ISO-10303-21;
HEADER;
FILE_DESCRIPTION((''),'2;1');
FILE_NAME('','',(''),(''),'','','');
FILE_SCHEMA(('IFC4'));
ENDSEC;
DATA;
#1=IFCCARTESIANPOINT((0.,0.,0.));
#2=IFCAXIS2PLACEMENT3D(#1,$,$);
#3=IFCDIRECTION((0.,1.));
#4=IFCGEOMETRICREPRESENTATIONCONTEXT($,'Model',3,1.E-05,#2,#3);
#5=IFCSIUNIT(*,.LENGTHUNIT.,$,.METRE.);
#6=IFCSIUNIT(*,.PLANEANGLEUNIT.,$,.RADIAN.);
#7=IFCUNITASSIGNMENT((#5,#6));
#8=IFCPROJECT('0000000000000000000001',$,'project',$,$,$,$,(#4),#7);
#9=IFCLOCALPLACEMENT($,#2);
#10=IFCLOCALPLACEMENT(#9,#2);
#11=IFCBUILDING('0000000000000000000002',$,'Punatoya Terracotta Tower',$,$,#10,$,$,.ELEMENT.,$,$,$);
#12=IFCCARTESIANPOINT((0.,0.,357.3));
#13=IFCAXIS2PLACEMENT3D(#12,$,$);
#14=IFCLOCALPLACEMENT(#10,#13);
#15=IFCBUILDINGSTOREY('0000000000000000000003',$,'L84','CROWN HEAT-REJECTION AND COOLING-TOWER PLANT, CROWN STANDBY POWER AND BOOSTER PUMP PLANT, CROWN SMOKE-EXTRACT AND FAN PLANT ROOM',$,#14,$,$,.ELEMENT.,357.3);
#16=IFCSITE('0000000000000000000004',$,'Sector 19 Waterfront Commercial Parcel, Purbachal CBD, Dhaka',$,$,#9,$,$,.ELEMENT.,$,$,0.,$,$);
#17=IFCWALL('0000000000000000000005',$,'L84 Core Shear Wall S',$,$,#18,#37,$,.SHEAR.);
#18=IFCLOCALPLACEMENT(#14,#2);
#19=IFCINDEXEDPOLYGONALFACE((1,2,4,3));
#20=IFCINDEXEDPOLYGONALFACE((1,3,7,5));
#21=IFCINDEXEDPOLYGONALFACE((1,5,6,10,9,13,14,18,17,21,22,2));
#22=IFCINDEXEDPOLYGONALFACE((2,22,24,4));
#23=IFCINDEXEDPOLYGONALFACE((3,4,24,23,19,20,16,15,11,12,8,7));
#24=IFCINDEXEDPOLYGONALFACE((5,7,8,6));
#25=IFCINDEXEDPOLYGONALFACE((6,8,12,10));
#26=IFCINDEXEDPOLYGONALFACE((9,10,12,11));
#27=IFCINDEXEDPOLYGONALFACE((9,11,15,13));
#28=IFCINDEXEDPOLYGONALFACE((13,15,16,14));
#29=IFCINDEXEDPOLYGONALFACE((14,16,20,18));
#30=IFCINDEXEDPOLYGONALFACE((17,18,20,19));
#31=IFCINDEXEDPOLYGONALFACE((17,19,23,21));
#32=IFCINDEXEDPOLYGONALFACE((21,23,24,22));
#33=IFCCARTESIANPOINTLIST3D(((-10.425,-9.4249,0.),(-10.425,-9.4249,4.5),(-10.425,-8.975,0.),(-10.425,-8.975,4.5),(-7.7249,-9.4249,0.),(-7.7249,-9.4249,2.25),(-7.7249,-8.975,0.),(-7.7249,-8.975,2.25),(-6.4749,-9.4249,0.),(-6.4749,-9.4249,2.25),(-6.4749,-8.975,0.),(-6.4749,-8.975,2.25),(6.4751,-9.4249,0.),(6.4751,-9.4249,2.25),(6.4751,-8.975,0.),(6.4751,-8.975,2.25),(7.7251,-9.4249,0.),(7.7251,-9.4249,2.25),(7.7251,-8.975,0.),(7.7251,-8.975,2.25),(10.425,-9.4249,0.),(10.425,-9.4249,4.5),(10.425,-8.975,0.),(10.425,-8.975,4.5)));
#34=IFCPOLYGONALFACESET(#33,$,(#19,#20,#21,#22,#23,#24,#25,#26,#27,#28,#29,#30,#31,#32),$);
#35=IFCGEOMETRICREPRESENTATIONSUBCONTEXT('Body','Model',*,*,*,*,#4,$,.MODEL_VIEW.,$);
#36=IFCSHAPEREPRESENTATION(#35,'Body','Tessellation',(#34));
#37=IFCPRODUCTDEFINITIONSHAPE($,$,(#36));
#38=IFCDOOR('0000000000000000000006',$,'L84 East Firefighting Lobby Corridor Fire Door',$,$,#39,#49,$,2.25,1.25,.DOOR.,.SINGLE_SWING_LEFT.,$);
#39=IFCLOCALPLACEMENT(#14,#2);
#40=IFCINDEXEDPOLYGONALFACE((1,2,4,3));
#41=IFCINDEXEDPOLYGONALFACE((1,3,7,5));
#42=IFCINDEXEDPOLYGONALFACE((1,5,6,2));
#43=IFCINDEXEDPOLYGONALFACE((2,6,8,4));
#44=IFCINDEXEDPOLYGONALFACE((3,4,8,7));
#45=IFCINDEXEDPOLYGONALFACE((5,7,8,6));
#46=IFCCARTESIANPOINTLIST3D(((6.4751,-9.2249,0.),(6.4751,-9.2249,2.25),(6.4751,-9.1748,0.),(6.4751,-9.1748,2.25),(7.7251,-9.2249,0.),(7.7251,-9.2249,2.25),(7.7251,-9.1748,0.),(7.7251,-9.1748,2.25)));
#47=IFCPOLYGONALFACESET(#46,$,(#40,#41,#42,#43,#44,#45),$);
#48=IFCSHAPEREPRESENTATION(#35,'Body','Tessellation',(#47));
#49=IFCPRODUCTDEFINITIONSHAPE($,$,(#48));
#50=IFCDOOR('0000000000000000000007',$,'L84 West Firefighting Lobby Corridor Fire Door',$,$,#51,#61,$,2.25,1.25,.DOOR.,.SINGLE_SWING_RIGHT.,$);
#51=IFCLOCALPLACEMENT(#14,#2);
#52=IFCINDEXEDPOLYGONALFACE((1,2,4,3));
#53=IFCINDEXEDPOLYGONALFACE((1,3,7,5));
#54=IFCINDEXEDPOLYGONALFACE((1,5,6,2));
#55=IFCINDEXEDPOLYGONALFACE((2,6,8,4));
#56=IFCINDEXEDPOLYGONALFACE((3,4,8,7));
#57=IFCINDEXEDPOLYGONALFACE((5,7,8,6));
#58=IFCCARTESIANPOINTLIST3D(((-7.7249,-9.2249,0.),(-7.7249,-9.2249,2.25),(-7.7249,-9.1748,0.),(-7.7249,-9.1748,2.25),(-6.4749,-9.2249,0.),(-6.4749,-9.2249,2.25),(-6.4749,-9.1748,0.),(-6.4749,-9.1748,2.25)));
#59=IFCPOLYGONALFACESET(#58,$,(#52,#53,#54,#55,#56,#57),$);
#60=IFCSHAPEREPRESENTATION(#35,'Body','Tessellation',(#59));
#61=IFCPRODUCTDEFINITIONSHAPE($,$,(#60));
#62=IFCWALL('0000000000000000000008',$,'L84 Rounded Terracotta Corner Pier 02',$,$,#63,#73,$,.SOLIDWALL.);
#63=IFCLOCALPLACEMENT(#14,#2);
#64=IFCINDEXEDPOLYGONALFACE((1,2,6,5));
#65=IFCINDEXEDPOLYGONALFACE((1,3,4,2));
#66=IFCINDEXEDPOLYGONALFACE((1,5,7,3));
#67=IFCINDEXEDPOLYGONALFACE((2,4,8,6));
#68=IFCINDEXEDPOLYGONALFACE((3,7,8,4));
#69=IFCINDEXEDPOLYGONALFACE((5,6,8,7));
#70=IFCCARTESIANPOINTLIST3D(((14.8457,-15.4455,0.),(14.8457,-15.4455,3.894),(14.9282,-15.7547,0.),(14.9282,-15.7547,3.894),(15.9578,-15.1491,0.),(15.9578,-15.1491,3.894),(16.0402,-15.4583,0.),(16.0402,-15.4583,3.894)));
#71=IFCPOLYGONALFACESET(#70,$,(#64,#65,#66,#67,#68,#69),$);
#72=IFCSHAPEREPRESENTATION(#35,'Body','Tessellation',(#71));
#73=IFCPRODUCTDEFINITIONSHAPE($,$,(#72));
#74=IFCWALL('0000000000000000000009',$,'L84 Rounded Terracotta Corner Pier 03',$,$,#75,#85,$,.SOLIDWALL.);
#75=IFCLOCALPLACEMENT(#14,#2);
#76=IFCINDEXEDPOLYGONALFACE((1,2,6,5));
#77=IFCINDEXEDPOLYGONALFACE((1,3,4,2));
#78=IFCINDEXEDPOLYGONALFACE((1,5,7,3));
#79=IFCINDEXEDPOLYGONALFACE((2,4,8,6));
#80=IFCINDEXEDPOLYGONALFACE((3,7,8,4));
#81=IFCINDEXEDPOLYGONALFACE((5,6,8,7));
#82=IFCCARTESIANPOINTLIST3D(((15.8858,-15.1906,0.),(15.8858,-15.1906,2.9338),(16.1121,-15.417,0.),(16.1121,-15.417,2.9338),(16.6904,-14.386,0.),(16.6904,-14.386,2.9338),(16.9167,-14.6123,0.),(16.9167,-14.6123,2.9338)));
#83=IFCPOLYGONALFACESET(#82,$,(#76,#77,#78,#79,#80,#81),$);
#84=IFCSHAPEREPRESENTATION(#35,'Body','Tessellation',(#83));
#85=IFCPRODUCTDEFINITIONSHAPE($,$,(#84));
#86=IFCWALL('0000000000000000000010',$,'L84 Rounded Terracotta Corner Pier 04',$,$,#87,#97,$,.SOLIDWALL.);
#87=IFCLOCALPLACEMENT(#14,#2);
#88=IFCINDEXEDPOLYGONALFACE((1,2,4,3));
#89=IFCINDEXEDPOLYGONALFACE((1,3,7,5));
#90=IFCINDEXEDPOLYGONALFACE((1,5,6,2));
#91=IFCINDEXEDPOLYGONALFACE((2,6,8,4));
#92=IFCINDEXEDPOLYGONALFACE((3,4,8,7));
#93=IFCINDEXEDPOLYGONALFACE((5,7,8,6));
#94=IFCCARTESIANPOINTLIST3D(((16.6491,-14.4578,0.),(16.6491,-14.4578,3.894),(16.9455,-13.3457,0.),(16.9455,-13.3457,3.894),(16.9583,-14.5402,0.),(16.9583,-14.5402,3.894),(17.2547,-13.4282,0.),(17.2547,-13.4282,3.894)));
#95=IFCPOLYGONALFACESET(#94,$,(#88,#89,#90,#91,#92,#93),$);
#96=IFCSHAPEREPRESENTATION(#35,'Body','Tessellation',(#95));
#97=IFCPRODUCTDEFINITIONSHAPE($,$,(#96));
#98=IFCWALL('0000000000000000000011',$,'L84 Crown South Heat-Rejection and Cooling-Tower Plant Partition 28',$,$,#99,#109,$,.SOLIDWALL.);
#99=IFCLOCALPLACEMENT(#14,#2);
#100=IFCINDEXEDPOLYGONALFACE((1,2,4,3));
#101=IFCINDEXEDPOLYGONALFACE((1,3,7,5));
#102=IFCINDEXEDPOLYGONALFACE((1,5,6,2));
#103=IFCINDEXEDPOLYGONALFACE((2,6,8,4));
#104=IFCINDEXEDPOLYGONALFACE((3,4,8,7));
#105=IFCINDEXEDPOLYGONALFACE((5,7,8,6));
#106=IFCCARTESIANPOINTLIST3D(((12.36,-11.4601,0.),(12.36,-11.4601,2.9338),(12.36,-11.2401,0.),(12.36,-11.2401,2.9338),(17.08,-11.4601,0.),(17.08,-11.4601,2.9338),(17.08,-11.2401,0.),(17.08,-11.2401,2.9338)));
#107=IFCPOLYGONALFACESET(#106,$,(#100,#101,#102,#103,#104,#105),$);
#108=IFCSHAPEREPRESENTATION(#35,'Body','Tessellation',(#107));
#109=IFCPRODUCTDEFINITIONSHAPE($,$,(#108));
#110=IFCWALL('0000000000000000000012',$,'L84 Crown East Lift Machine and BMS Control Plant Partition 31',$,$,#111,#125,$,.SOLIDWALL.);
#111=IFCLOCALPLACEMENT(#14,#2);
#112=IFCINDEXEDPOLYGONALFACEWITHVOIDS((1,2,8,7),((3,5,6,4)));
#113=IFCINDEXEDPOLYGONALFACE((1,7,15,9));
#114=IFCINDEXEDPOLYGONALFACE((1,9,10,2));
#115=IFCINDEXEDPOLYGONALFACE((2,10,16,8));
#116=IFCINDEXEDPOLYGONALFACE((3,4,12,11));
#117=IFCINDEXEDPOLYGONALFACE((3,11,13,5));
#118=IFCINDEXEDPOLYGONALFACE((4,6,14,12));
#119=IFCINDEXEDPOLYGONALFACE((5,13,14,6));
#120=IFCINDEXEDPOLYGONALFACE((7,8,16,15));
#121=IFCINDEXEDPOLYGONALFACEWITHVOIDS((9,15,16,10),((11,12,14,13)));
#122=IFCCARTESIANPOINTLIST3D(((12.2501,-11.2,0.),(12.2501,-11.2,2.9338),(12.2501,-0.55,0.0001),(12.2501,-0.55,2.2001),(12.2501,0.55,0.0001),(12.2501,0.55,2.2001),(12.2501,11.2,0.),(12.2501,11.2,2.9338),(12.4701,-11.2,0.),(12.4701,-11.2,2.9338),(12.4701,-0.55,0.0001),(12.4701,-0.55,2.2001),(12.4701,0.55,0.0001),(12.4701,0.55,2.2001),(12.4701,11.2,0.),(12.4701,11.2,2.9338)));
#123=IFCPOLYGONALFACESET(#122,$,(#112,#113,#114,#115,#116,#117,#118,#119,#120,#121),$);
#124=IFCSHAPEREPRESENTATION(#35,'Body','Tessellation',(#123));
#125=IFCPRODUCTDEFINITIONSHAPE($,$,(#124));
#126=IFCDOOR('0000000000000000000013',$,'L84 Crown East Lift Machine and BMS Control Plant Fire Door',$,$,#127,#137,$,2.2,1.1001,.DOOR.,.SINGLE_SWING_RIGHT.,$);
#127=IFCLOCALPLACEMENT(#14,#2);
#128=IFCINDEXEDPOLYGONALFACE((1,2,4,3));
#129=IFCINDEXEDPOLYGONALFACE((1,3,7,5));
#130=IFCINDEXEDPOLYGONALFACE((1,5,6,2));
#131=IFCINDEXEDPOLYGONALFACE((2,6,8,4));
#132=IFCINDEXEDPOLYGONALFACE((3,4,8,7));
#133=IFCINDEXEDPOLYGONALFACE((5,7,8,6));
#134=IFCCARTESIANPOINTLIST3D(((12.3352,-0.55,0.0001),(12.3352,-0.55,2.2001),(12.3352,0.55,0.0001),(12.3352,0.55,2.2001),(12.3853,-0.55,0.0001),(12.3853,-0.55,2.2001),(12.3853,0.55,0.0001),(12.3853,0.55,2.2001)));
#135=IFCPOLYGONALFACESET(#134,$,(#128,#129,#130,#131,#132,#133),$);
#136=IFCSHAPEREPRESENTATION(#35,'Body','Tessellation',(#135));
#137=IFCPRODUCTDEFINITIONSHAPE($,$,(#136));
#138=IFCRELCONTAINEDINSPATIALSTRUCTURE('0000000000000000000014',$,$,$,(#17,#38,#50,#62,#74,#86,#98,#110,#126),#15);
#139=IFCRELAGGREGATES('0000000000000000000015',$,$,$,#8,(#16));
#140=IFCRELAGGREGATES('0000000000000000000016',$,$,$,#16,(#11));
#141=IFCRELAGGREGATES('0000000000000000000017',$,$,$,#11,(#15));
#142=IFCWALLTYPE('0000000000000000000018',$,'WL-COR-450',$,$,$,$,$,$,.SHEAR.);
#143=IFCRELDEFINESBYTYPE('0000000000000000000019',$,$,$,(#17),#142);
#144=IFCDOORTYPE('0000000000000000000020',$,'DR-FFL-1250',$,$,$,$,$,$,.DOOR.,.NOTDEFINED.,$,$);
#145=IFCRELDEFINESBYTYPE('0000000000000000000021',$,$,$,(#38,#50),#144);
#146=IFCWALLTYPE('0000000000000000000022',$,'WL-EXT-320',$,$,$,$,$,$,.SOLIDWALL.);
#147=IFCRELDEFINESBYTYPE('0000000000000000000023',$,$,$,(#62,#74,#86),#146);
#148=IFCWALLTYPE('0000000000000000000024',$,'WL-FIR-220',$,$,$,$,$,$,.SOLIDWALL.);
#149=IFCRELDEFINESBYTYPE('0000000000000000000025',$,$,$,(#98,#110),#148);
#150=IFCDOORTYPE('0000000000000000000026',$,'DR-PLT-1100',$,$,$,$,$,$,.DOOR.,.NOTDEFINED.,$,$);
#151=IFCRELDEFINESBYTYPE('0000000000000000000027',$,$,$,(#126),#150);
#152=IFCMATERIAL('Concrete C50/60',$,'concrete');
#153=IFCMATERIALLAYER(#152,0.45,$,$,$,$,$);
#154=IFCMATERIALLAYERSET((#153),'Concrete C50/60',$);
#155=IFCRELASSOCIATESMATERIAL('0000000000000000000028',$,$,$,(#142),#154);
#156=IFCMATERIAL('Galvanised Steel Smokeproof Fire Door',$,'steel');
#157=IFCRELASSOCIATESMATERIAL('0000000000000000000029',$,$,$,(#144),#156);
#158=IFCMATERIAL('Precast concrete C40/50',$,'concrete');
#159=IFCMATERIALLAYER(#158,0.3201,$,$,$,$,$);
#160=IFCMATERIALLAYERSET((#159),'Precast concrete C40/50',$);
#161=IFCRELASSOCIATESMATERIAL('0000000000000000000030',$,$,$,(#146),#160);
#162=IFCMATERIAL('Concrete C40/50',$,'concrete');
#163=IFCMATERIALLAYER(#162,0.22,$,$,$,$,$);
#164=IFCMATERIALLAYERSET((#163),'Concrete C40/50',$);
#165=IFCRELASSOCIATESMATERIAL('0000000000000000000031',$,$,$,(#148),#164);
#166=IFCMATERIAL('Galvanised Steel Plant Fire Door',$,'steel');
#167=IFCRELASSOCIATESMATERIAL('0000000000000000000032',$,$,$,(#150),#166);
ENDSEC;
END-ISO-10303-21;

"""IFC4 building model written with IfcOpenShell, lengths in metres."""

from ifc_helpers import new_model, si_unit, direction, frame, frame_2d, origin, place, context, subcontext, project, spatial, rectangle, extrude, material, layer, layer_set, type_object, element, fill, save


model = new_model("IFC4")

# Units and contexts
model_context = context("Model", 3, precision=1e-05, world=origin(), true_north=direction((0.0, 1.0)))
body_context = subcontext(model_context, "Body", "Model", "MODEL_VIEW")
ifc_project = project(units=[si_unit("LENGTHUNIT", "METRE"), si_unit("PLANEANGLEUNIT", "RADIAN")], contexts=[model_context])

# Site, building, storey
site_placement = place(None, origin())
site = spatial("IfcSite", under=ifc_project, at=site_placement, Name="Sector 19 Waterfront Commercial Parcel, Purbachal CBD, Dhaka", CompositionType="ELEMENT", RefElevation=0.0)
building_placement = place(site_placement, origin())
building = spatial("IfcBuilding", under=site, at=building_placement, Name="Punatoya Terracotta Tower", CompositionType="ELEMENT")
storey_placement = place(building_placement, frame((0.0, 0.0, 357.3)))
storey = spatial("IfcBuildingStorey", under=building, at=storey_placement, Name="L84", Description="CROWN HEAT-REJECTION AND COOLING-TOWER PLANT, CROWN STANDBY POWER AND BOOSTER PUMP PLANT, CROWN SMOKE-EXTRACT AND FAN PLANT ROOM", CompositionType="ELEMENT", Elevation=357.3)

# Wall, openings, doors
ifc_material_1 = material(Name="Concrete C50/60", Category="concrete")
ifc_layer_1 = layer(ifc_material_1, 0.45)
ifc_layer_set_1 = layer_set([ifc_layer_1], Name="Concrete C50/60")
wall_type_1 = type_object("IfcWallType", Name="WL-COR-450", PredefinedType="SHEAR", material=ifc_layer_set_1)
wall_1_placement = place(storey_placement, frame((10.425, -9.2, 0.0), z_axis=(0.0, 0.0, 1.0), x_axis=(-1.0, 0.0, 0.0)))
wall_1 = element("IfcWall", 1, at=wall_1_placement, inside=storey, type_object=wall_type_1, Name="L84 Core Shear Wall S", PredefinedType="SHEAR", context=body_context, shape_type="SweptSolid", body=[
    extrude(rectangle(XDim=20.8501, YDim=0.45, at=frame_2d((10.425, 0.0))), origin(), (0.0, 0.0, 1.0), 4.5),
])
opening_1_placement = place(wall_1_placement, frame((2.7, 0.0, 0.0)))
opening_1 = element("IfcOpeningElement", 2, at=opening_1_placement, cuts=wall_1, PredefinedType="OPENING", context=body_context, shape_type="SweptSolid", body=[
    extrude(rectangle(XDim=1.25, YDim=2.25, at=frame_2d((0.625, 1.125))), frame((0.0, 0.2349, 0.0), z_axis=(0.0, -1.0, 0.0), x_axis=(1.0, 0.0, 0.0)), (0.0, 0.0, 1.0), 0.47),
])
opening_2_placement = place(wall_1_placement, frame((16.8999, 0.0, 0.0)))
opening_2 = element("IfcOpeningElement", 3, at=opening_2_placement, cuts=wall_1, PredefinedType="OPENING", context=body_context, shape_type="SweptSolid", body=[
    extrude(rectangle(XDim=1.25, YDim=2.25, at=frame_2d((0.625, 1.125))), frame((0.0, 0.2349, 0.0), z_axis=(0.0, -1.0, 0.0), x_axis=(1.0, 0.0, 0.0)), (0.0, 0.0, 1.0), 0.47),
])
ifc_material_2 = material(Name="Galvanised Steel Smokeproof Fire Door", Category="steel")
door_type_1 = type_object("IfcDoorType", Name="DR-FFL-1250", OperationType="NOTDEFINED", PredefinedType="DOOR", material=ifc_material_2)
door_1_placement = place(opening_1_placement, origin())
door_1 = element("IfcDoor", 4, at=door_1_placement, inside=storey, type_object=door_type_1, Name="L84 East Firefighting Lobby Corridor Fire Door", OperationType="SINGLE_SWING_LEFT", OverallHeight=2.25, OverallWidth=1.25, PredefinedType="DOOR", context=body_context, shape_type="SweptSolid", body=[
    extrude(rectangle(XDim=1.25, YDim=2.25, at=frame_2d((0.625, 1.125))), frame((0.0, 0.0249, 0.0), z_axis=(0.0, -1.0, 0.0), x_axis=(1.0, 0.0, 0.0)), (0.0, 0.0, 1.0), 0.05),
])
fill(opening_1, door_1)
door_2_placement = place(opening_2_placement, origin())
door_2 = element("IfcDoor", 5, at=door_2_placement, inside=storey, type_object=door_type_1, Name="L84 West Firefighting Lobby Corridor Fire Door", OperationType="SINGLE_SWING_RIGHT", OverallHeight=2.25, OverallWidth=1.25, PredefinedType="DOOR", context=body_context, shape_type="SweptSolid", body=[
    extrude(rectangle(XDim=1.25, YDim=2.25, at=frame_2d((0.625, 1.125))), frame((0.0, 0.0249, 0.0), z_axis=(0.0, -1.0, 0.0), x_axis=(1.0, 0.0, 0.0)), (0.0, 0.0, 1.0), 0.05),
])
fill(opening_2, door_2)

# Walls
ifc_material_3 = material(Name="Precast concrete C40/50", Category="concrete")
ifc_layer_2 = layer(ifc_material_3, 0.3201)
ifc_layer_set_2 = layer_set([ifc_layer_2], Name="Precast concrete C40/50")
wall_type_2 = type_object("IfcWallType", Name="WL-EXT-320", PredefinedType="SOLIDWALL", material=ifc_layer_set_2)
wall_2_placement = place(storey_placement, frame((14.887, -15.6001, 0.0), z_axis=(0.0, 0.0, 1.0), x_axis=(0.96627, 0.257531, 0.0)))
element("IfcWall", 6, at=wall_2_placement, inside=storey, type_object=wall_type_2, Name="L84 Rounded Terracotta Corner Pier 02", PredefinedType="SOLIDWALL", context=body_context, shape_type="SweptSolid", body=[
    extrude(rectangle(XDim=1.1509, YDim=0.3201, at=frame_2d((0.5754, 0.0))), origin(), (0.0, 0.0, 1.0), 3.894),
])
wall_3_placement = place(storey_placement, frame((15.999, -15.3037, 0.0), z_axis=(0.0, 0.0, 1.0), x_axis=(0.707107, 0.707107, 0.0)))
element("IfcWall", 7, at=wall_3_placement, inside=storey, type_object=wall_type_2, Name="L84 Rounded Terracotta Corner Pier 03", PredefinedType="SOLIDWALL", context=body_context, shape_type="SweptSolid", body=[
    extrude(rectangle(XDim=1.1379, YDim=0.3201, at=frame_2d((0.5688, 0.0))), origin(), (0.0, 0.0, 1.0), 2.9338),
])
wall_4_placement = place(storey_placement, frame((16.8037, -14.499, 0.0), z_axis=(0.0, 0.0, 1.0), x_axis=(0.257531, 0.96627, 0.0)))
element("IfcWall", 8, at=wall_4_placement, inside=storey, type_object=wall_type_2, Name="L84 Rounded Terracotta Corner Pier 04", PredefinedType="SOLIDWALL", context=body_context, shape_type="SweptSolid", body=[
    extrude(rectangle(XDim=1.1509, YDim=0.3201, at=frame_2d((0.5754, 0.0))), origin(), (0.0, 0.0, 1.0), 3.894),
])
ifc_material_4 = material(Name="Concrete C40/50", Category="concrete")
ifc_layer_3 = layer(ifc_material_4, 0.22)
ifc_layer_set_3 = layer_set([ifc_layer_3], Name="Concrete C40/50")
wall_type_3 = type_object("IfcWallType", Name="WL-FIR-220", PredefinedType="SOLIDWALL", material=ifc_layer_set_3)
wall_5_placement = place(storey_placement, frame((12.3601, -11.3501, 0.0), z_axis=(0.0, 0.0, 1.0), x_axis=(1.0, 0.0, 0.0)))
element("IfcWall", 9, at=wall_5_placement, inside=storey, type_object=wall_type_3, Name="L84 Crown South Heat-Rejection and Cooling-Tower Plant Partition 28", PredefinedType="SOLIDWALL", context=body_context, shape_type="SweptSolid", body=[
    extrude(rectangle(XDim=4.72, YDim=0.22, at=frame_2d((2.3599, 0.0))), origin(), (0.0, 0.0, 1.0), 2.9338),
])

# Wall, opening, door
wall_6_placement = place(storey_placement, frame((12.3601, -11.2, 0.0), z_axis=(0.0, 0.0, 1.0), x_axis=(0.0, 1.0, 0.0)))
wall_6 = element("IfcWall", 10, at=wall_6_placement, inside=storey, type_object=wall_type_3, Name="L84 Crown East Lift Machine and BMS Control Plant Partition 31", PredefinedType="SOLIDWALL", context=body_context, shape_type="SweptSolid", body=[
    extrude(rectangle(XDim=22.3999, YDim=0.22, at=frame_2d((11.2, 0.0))), origin(), (0.0, 0.0, 1.0), 2.9338),
])
opening_3_placement = place(wall_6_placement, frame((10.6499, 0.0, 0.0)))
opening_3 = element("IfcOpeningElement", 11, at=opening_3_placement, cuts=wall_6, PredefinedType="OPENING", context=body_context, shape_type="SweptSolid", body=[
    extrude(rectangle(XDim=1.1001, YDim=2.2, at=frame_2d((0.55, 1.1001))), frame((0.0, 0.1199, 0.0), z_axis=(0.0, -1.0, 0.0), x_axis=(1.0, 0.0, 0.0)), (0.0, 0.0, 1.0), 0.24),
])
ifc_material_5 = material(Name="Galvanised Steel Plant Fire Door", Category="steel")
door_type_2 = type_object("IfcDoorType", Name="DR-PLT-1100", OperationType="NOTDEFINED", PredefinedType="DOOR", material=ifc_material_5)
door_3_placement = place(opening_3_placement, origin())
door_3 = element("IfcDoor", 12, at=door_3_placement, inside=storey, type_object=door_type_2, Name="L84 Crown East Lift Machine and BMS Control Plant Fire Door", OperationType="SINGLE_SWING_RIGHT", OverallHeight=2.2, OverallWidth=1.1001, PredefinedType="DOOR", context=body_context, shape_type="SweptSolid", body=[
    extrude(rectangle(XDim=1.1001, YDim=2.2, at=frame_2d((0.55, 1.1001))), frame((0.0, 0.0249, 0.0), z_axis=(0.0, -1.0, 0.0), x_axis=(1.0, 0.0, 0.0)), (0.0, 0.0, 1.0), 0.05),
])
fill(opening_3, door_3)

save(model, "model.ifc")
